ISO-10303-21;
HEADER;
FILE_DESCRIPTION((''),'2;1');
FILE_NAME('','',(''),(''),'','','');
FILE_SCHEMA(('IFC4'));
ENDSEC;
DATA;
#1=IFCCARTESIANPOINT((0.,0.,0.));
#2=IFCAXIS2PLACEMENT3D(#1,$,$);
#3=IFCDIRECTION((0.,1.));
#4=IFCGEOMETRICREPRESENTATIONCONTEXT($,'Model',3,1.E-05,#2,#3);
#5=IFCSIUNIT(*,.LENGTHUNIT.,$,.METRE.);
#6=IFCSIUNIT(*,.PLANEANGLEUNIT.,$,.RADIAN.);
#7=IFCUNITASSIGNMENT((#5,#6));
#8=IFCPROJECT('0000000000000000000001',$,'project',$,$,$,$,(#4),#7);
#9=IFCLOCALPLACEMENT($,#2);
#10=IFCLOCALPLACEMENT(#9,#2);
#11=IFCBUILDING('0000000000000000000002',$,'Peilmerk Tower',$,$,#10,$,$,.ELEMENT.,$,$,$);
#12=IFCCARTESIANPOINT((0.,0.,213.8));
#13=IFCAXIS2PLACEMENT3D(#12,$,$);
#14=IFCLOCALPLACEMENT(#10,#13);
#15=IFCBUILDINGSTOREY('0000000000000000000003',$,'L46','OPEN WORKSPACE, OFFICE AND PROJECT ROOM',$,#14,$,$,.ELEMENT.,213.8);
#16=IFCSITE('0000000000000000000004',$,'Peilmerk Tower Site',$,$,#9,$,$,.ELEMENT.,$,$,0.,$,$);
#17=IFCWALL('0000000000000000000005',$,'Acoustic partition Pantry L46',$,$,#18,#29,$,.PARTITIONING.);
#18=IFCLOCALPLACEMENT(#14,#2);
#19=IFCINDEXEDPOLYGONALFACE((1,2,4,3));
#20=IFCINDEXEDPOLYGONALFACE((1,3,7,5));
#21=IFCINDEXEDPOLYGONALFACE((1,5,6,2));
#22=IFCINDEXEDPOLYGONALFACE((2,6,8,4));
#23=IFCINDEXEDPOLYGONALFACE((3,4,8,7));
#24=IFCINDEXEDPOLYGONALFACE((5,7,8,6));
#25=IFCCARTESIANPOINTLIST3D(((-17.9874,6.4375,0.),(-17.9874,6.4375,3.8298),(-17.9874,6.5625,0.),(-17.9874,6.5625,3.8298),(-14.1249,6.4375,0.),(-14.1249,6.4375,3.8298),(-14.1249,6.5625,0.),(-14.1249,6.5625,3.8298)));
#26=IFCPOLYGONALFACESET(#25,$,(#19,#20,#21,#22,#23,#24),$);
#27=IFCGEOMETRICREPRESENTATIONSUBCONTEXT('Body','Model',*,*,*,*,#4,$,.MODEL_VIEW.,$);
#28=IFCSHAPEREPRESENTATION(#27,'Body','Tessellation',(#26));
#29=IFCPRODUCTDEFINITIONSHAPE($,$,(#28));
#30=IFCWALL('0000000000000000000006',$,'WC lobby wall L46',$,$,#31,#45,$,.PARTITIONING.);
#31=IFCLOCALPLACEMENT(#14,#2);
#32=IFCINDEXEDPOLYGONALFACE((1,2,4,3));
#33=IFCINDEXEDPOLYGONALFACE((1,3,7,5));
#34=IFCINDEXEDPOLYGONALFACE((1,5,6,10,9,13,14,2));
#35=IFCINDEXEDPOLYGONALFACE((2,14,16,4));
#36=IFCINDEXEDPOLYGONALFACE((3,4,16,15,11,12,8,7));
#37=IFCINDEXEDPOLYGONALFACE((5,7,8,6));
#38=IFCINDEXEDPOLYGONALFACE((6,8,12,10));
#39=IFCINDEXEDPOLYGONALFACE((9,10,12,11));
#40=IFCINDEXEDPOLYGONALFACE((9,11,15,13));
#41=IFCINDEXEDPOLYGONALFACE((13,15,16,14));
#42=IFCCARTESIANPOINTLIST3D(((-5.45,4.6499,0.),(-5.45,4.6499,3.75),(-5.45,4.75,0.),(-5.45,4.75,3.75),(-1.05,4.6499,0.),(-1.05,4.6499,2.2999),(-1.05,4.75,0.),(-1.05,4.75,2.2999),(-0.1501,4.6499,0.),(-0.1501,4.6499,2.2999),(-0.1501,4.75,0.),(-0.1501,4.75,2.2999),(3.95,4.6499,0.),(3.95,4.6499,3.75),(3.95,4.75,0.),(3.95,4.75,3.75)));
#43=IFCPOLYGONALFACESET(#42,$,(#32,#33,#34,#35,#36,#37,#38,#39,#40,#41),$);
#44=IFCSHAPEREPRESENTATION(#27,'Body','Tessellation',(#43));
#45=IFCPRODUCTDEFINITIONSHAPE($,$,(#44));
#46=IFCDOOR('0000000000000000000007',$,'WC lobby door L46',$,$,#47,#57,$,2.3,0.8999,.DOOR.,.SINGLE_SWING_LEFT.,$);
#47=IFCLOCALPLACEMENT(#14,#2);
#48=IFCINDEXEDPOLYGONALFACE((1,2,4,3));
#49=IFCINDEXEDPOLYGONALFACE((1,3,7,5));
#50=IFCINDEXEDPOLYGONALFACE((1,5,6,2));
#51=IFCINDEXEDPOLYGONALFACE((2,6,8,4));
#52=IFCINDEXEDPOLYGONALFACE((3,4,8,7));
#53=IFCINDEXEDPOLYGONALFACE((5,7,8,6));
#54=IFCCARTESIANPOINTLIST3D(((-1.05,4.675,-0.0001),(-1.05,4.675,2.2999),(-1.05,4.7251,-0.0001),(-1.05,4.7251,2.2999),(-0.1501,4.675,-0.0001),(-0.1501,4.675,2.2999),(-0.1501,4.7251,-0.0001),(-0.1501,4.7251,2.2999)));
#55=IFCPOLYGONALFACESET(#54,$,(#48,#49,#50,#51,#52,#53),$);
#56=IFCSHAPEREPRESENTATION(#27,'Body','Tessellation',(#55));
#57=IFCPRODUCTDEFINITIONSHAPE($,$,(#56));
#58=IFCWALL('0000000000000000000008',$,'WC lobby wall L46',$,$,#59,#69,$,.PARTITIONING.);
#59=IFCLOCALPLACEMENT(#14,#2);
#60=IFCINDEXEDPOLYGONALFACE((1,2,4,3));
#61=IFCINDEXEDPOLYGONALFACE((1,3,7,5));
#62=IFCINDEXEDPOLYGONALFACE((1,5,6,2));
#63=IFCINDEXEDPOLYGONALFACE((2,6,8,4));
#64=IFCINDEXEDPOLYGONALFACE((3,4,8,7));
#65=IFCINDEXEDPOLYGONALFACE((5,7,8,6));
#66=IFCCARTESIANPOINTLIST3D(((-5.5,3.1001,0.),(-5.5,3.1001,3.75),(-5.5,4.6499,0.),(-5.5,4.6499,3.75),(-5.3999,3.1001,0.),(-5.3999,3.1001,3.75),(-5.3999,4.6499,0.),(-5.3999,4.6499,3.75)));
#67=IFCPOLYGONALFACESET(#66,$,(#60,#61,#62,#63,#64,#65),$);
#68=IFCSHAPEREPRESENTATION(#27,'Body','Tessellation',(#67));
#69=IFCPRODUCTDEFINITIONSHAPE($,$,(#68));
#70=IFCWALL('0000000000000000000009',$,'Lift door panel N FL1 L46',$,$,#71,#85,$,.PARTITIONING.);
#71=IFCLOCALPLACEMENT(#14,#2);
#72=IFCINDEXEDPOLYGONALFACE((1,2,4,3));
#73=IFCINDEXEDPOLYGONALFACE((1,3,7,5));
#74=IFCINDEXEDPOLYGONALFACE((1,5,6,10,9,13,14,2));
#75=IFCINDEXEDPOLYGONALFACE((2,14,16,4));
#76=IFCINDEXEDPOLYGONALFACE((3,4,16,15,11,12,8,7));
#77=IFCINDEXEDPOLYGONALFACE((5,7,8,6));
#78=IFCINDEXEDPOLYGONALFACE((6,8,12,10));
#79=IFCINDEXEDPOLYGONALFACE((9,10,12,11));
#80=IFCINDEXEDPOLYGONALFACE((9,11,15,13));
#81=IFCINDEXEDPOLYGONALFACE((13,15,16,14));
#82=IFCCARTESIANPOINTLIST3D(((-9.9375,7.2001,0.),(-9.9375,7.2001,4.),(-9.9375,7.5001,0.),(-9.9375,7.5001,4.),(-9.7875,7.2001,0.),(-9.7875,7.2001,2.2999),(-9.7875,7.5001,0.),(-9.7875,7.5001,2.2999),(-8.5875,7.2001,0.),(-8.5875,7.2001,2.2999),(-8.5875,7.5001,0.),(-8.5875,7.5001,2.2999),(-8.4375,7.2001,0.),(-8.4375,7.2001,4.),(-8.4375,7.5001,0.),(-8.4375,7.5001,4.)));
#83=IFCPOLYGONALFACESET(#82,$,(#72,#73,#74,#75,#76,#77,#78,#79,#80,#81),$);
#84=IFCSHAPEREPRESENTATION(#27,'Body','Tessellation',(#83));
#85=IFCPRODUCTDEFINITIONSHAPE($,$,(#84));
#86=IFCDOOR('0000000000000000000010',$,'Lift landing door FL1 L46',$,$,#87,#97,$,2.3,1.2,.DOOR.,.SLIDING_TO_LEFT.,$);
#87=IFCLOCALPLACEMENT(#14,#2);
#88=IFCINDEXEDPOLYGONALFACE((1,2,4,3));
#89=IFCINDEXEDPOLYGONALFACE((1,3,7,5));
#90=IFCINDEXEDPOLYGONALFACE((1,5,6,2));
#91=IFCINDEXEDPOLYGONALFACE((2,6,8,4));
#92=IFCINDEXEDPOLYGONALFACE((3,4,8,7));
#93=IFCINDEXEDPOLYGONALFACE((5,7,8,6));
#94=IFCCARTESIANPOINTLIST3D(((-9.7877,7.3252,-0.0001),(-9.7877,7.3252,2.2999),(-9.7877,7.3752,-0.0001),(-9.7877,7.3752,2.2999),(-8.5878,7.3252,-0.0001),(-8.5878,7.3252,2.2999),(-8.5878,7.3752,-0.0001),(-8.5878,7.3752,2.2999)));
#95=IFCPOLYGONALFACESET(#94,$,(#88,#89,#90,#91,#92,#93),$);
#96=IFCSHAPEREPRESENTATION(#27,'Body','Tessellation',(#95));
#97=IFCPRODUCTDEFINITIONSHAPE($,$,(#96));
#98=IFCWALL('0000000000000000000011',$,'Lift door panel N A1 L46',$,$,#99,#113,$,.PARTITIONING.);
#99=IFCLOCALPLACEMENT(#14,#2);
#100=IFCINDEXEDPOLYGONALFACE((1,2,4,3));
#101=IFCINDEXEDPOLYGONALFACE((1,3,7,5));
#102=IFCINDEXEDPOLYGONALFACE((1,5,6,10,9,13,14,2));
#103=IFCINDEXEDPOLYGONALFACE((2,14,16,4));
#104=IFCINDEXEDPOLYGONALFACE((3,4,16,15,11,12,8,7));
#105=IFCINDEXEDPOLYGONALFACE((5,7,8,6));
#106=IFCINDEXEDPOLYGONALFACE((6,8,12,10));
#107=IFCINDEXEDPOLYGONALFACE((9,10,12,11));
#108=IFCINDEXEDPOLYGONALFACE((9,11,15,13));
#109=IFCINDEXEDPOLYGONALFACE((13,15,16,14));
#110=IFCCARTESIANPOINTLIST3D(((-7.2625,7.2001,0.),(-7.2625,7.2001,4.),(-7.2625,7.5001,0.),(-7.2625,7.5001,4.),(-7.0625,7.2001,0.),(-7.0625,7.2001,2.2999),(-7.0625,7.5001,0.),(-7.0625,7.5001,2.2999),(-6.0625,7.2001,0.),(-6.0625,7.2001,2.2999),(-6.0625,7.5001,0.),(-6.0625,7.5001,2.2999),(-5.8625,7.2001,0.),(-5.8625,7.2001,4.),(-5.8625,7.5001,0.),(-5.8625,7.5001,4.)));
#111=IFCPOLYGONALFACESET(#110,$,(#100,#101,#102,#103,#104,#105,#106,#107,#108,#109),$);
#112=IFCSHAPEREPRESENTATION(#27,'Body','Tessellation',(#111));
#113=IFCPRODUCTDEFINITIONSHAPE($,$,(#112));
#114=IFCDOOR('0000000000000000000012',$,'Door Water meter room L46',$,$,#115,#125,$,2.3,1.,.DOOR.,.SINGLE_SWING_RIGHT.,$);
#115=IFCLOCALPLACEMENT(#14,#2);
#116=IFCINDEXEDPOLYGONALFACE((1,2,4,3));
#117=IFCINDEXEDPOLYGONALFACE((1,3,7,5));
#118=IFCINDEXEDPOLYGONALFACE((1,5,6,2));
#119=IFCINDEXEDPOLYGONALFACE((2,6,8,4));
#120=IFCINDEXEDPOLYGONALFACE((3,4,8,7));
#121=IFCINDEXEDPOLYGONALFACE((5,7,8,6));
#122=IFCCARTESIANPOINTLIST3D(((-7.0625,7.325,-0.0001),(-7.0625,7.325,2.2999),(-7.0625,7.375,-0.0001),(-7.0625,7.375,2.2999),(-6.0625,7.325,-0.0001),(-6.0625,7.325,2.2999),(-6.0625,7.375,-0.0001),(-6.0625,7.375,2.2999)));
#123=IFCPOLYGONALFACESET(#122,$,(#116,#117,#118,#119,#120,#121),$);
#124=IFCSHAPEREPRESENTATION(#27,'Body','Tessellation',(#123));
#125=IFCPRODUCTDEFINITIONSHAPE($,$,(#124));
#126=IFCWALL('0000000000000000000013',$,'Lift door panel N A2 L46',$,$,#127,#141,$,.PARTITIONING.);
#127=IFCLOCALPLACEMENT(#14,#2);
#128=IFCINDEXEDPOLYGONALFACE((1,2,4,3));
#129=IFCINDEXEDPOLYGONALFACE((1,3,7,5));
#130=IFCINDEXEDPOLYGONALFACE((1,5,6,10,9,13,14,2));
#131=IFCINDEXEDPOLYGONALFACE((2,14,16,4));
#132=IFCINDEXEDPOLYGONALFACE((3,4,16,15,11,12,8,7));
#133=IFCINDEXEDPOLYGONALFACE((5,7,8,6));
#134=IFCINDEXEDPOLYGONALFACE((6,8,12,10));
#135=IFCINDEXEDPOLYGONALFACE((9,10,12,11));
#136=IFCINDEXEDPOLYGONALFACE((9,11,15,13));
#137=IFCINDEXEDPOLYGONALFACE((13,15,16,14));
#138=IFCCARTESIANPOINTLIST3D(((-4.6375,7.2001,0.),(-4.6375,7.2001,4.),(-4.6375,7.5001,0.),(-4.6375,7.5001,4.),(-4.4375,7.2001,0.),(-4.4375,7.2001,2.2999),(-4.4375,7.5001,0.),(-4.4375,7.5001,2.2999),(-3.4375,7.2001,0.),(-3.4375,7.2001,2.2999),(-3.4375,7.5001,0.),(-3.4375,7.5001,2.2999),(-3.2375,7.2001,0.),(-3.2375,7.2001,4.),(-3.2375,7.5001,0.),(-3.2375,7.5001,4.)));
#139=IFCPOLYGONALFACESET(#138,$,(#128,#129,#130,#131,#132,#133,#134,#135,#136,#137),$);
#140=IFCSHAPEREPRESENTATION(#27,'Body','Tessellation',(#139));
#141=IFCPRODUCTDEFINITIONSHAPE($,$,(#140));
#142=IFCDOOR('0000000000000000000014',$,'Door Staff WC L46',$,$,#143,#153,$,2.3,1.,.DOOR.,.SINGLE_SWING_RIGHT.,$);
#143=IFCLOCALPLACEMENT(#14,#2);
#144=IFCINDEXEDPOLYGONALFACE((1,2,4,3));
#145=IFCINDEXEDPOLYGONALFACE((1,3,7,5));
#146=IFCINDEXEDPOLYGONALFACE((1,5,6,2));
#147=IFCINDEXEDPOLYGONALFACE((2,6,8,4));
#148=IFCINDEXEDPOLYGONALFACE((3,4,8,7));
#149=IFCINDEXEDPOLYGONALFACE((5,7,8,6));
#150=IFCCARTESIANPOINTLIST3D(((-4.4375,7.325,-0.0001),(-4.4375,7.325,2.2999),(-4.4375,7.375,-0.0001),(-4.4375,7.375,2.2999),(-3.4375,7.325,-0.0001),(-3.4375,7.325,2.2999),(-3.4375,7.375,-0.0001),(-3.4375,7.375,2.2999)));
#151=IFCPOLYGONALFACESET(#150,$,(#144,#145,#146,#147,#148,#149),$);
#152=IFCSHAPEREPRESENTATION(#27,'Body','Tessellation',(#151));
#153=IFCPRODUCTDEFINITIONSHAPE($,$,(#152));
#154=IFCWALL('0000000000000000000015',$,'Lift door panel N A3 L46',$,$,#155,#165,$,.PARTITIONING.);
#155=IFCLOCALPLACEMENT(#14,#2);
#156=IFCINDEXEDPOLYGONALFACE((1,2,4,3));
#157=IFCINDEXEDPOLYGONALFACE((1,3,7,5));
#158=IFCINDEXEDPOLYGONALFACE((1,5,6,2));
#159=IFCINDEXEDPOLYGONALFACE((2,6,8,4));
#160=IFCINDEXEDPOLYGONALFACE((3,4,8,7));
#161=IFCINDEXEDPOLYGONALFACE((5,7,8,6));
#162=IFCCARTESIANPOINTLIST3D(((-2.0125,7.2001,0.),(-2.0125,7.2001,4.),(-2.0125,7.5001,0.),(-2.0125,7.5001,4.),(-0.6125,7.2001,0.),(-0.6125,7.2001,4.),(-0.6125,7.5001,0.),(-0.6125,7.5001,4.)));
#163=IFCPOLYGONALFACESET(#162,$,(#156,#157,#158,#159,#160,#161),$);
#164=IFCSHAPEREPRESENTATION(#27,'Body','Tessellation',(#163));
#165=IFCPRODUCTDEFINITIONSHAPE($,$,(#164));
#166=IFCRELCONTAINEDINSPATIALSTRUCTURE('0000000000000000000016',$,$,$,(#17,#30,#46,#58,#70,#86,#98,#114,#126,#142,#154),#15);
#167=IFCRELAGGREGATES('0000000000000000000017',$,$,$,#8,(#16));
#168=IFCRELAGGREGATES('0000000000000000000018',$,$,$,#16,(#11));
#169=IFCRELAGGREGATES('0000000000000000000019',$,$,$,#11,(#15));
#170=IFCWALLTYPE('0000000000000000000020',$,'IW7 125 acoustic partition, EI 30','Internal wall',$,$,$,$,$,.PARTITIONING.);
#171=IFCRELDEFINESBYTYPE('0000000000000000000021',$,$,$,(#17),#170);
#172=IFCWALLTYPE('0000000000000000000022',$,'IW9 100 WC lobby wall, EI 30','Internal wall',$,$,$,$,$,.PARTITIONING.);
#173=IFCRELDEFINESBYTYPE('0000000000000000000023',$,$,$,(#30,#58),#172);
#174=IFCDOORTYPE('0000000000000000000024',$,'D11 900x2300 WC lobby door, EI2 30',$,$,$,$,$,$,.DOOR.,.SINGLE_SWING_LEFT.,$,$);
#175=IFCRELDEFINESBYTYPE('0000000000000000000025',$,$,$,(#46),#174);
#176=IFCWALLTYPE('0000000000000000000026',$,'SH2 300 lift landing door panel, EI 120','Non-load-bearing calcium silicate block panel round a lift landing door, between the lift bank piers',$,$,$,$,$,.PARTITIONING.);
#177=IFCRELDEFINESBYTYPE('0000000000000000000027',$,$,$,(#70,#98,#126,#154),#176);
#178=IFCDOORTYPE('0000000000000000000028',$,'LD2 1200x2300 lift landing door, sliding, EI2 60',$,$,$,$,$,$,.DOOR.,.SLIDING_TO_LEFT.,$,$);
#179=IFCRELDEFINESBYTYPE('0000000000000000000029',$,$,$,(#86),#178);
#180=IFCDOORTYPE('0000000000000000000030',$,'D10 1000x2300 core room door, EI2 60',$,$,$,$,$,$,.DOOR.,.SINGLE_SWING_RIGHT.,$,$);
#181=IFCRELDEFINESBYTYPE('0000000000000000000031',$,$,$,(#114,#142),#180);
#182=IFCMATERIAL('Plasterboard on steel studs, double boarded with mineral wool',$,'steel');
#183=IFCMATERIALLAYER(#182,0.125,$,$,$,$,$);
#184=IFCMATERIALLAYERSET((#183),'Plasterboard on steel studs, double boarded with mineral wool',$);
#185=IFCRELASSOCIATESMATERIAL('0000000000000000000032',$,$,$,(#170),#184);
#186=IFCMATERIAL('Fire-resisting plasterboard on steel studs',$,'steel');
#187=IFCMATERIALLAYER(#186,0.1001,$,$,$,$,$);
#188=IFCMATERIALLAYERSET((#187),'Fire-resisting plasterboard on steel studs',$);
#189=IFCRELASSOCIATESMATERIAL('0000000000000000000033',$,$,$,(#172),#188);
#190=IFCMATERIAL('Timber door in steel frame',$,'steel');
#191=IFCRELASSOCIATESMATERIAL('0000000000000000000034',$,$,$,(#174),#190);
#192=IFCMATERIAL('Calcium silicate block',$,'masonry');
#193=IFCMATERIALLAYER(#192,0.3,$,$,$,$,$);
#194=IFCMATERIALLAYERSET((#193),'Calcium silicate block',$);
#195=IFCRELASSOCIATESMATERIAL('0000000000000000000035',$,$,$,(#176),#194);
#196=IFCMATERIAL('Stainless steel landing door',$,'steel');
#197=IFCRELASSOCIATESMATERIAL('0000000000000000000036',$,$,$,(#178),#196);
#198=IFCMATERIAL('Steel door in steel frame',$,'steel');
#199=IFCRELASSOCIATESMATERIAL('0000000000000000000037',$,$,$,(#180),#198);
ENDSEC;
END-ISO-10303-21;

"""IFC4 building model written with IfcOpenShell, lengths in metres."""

from ifc_helpers import new_model, si_unit, direction, frame, frame_2d, origin, place, context, subcontext, project, spatial, rectangle, extrude, material, layer, layer_set, type_object, element, fill, save


model = new_model("IFC4")

# Units and contexts
model_context = context("Model", 3, precision=1e-05, world=origin(), true_north=direction((0.0, 1.0)))
body_context = subcontext(model_context, "Body", "Model", "MODEL_VIEW")
ifc_project = project(units=[si_unit("LENGTHUNIT", "METRE"), si_unit("PLANEANGLEUNIT", "RADIAN")], contexts=[model_context])

# Site, building, storey
site_placement = place(None, origin())
site = spatial("IfcSite", under=ifc_project, at=site_placement, Name="Peilmerk Tower Site", CompositionType="ELEMENT", RefElevation=0.0)
building_placement = place(site_placement, origin())
building = spatial("IfcBuilding", under=site, at=building_placement, Name="Peilmerk Tower", CompositionType="ELEMENT")
storey_placement = place(building_placement, frame((0.0, 0.0, 213.8)))
storey = spatial("IfcBuildingStorey", under=building, at=storey_placement, Name="L46", Description="OPEN WORKSPACE, OFFICE AND PROJECT ROOM", CompositionType="ELEMENT", Elevation=213.8)

# Shared definitions
ifc_material_1 = material(Name="Steel door in steel frame", Category="steel")

# Shared definitions
ifc_material_2 = material(Name="Timber door in steel frame", Category="steel")

# Wall
ifc_material_3 = material(Name="Plasterboard on steel studs, double boarded with mineral wool", Category="steel")
ifc_layer_1 = layer(ifc_material_3, 0.125)
ifc_layer_set_1 = layer_set([ifc_layer_1], Name="Plasterboard on steel studs, double boarded with mineral wool")
wall_type_1 = type_object("IfcWallType", Name="IW7 125 acoustic partition, EI 30", Description="Internal wall", PredefinedType="PARTITIONING", material=ifc_layer_set_1)
wall_1_placement = place(storey_placement, frame((-14.125, 6.5, 0.0), z_axis=(0.0, 0.0, 1.0), x_axis=(-1.0, 0.0, 0.0)))
element("IfcWall", 1, at=wall_1_placement, inside=storey, type_object=wall_type_1, Name="Acoustic partition Pantry L46", PredefinedType="PARTITIONING", context=body_context, shape_type="SweptSolid", body=[
    extrude(rectangle(XDim=3.8625, YDim=0.125, at=frame_2d((1.9312, 0.0))), origin(), (0.0, 0.0, 1.0), 3.8298),
])

# Wall, opening, door
ifc_material_4 = material(Name="Fire-resisting plasterboard on steel studs", Category="steel")
ifc_layer_2 = layer(ifc_material_4, 0.1001)
ifc_layer_set_2 = layer_set([ifc_layer_2], Name="Fire-resisting plasterboard on steel studs")
wall_type_2 = type_object("IfcWallType", Name="IW9 100 WC lobby wall, EI 30", Description="Internal wall", PredefinedType="PARTITIONING", material=ifc_layer_set_2)
wall_2_placement = place(storey_placement, frame((-5.45, 4.7, 0.0), z_axis=(0.0, 0.0, 1.0), x_axis=(1.0, 0.0, 0.0)))
wall_2 = element("IfcWall", 2, at=wall_2_placement, inside=storey, type_object=wall_type_2, Name="WC lobby wall L46", PredefinedType="PARTITIONING", context=body_context, shape_type="SweptSolid", body=[
    extrude(rectangle(XDim=9.3999, YDim=0.1001, at=frame_2d((4.7, 0.0))), origin(), (0.0, 0.0, 1.0), 3.75),
])
opening_1_placement = place(wall_2_placement, frame((4.3999, 0.0, 0.0)))
opening_1 = element("IfcOpeningElement", 3, at=opening_1_placement, cuts=wall_2, PredefinedType="OPENING", context=body_context, shape_type="SweptSolid", body=[
    extrude(rectangle(XDim=0.8999, YDim=2.3, at=frame_2d((0.45, 1.1499))), frame((0.0, 0.0601, 0.0), z_axis=(0.0, -1.0, 0.0), x_axis=(1.0, 0.0, 0.0)), (0.0, 0.0, 1.0), 0.1201),
])
door_type_1 = type_object("IfcDoorType", Name="D11 900x2300 WC lobby door, EI2 30", OperationType="SINGLE_SWING_LEFT", PredefinedType="DOOR", material=ifc_material_2)
door_1_placement = place(opening_1_placement, frame((0.8999, 0.0, 0.0), z_axis=(0.0, 0.0, 1.0), x_axis=(-1.0, 0.0, 0.0)))
door_1 = element("IfcDoor", 4, at=door_1_placement, inside=storey, type_object=door_type_1, Name="WC lobby door L46", OperationType="SINGLE_SWING_LEFT", OverallHeight=2.3, OverallWidth=0.8999, PredefinedType="DOOR", context=body_context, shape_type="SweptSolid", body=[
    extrude(rectangle(XDim=0.8999, YDim=2.3, at=frame_2d((0.45, 1.1499))), frame((0.0, 0.0249, 0.0), z_axis=(0.0, -1.0, 0.0), x_axis=(1.0, 0.0, 0.0)), (0.0, 0.0, 1.0), 0.05),
])
fill(opening_1, door_1)

# Wall
wall_3_placement = place(storey_placement, frame((-5.45, 3.1001, 0.0), z_axis=(0.0, 0.0, 1.0), x_axis=(0.0, 1.0, 0.0)))
element("IfcWall", 5, at=wall_3_placement, inside=storey, type_object=wall_type_2, Name="WC lobby wall L46", PredefinedType="PARTITIONING", context=body_context, shape_type="SweptSolid", body=[
    extrude(rectangle(XDim=1.5498, YDim=0.1001, at=frame_2d((0.7749, 0.0))), origin(), (0.0, 0.0, 1.0), 3.75),
])

# Walls, openings, doors
ifc_material_5 = material(Name="Calcium silicate block", Category="masonry")
ifc_layer_3 = layer(ifc_material_5, 0.3)
ifc_layer_set_3 = layer_set([ifc_layer_3], Name="Calcium silicate block")
wall_type_3 = type_object("IfcWallType", Name="SH2 300 lift landing door panel, EI 120", Description="Non-load-bearing calcium silicate block panel round a lift landing door, between the lift bank piers", PredefinedType="PARTITIONING", material=ifc_layer_set_3)
wall_4_placement = place(storey_placement, frame((-9.9375, 7.3501, 0.0), z_axis=(0.0, 0.0, 1.0), x_axis=(1.0, 0.0, 0.0)))
wall_4 = element("IfcWall", 6, at=wall_4_placement, inside=storey, type_object=wall_type_3, Name="Lift door panel N FL1 L46", PredefinedType="PARTITIONING", context=body_context, shape_type="SweptSolid", body=[
    extrude(rectangle(XDim=1.5, YDim=0.3, at=frame_2d((0.75, 0.0))), origin(), (0.0, 0.0, 1.0), 4.0),
])
opening_2_placement = place(wall_4_placement, frame((0.1499, 0.0, 0.0)))
opening_2 = element("IfcOpeningElement", 7, at=opening_2_placement, cuts=wall_4, PredefinedType="OPENING", context=body_context, shape_type="SweptSolid", body=[
    extrude(rectangle(XDim=1.2, YDim=2.3, at=frame_2d((0.6001, 1.1499))), frame((0.0, 0.1599, 0.0), z_axis=(0.0, -1.0, 0.0), x_axis=(1.0, 0.0, 0.0)), (0.0, 0.0, 1.0), 0.3201),
])
ifc_material_6 = material(Name="Stainless steel landing door", Category="steel")
door_type_2 = type_object("IfcDoorType", Name="LD2 1200x2300 lift landing door, sliding, EI2 60", OperationType="SLIDING_TO_LEFT", PredefinedType="DOOR", material=ifc_material_6)
door_2_placement = place(opening_2_placement, frame((1.2, 0.0, 0.0), z_axis=(0.0, 0.0, 1.0), x_axis=(-1.0, 0.0, 0.0)))
door_2 = element("IfcDoor", 8, at=door_2_placement, inside=storey, type_object=door_type_2, Name="Lift landing door FL1 L46", OperationType="SLIDING_TO_LEFT", OverallHeight=2.3, OverallWidth=1.2, PredefinedType="DOOR", context=body_context, shape_type="SweptSolid", body=[
    extrude(rectangle(XDim=1.2, YDim=2.3, at=frame_2d((0.6001, 1.1499))), frame((0.0, 0.0249, 0.0), z_axis=(0.0, -1.0, 0.0), x_axis=(1.0, 0.0, 0.0)), (0.0, 0.0, 1.0), 0.05),
])
fill(opening_2, door_2)
wall_5_placement = place(storey_placement, frame((-7.2625, 7.3501, 0.0), z_axis=(0.0, 0.0, 1.0), x_axis=(1.0, 0.0, 0.0)))
wall_5 = element("IfcWall", 9, at=wall_5_placement, inside=storey, type_object=wall_type_3, Name="Lift door panel N A1 L46", PredefinedType="PARTITIONING", context=body_context, shape_type="SweptSolid", body=[
    extrude(rectangle(XDim=1.3999, YDim=0.3, at=frame_2d((0.7, 0.0))), origin(), (0.0, 0.0, 1.0), 4.0),
])
opening_3_placement = place(wall_5_placement, frame((0.2, 0.0, 0.0)))
opening_3 = element("IfcOpeningElement", 10, at=opening_3_placement, cuts=wall_5, PredefinedType="OPENING", context=body_context, shape_type="SweptSolid", body=[
    extrude(rectangle(XDim=1.0, YDim=2.3, at=frame_2d((0.5, 1.1499))), frame((0.0, 0.1599, 0.0), z_axis=(0.0, -1.0, 0.0), x_axis=(1.0, 0.0, 0.0)), (0.0, 0.0, 1.0), 0.3201),
])
door_type_3 = type_object("IfcDoorType", Name="D10 1000x2300 core room door, EI2 60", OperationType="SINGLE_SWING_RIGHT", PredefinedType="DOOR", material=ifc_material_1)
door_3_placement = place(opening_3_placement, origin())
door_3 = element("IfcDoor", 11, at=door_3_placement, inside=storey, type_object=door_type_3, Name="Door Water meter room L46", OperationType="SINGLE_SWING_RIGHT", OverallHeight=2.3, OverallWidth=1.0, PredefinedType="DOOR", context=body_context, shape_type="SweptSolid", body=[
    extrude(rectangle(XDim=1.0, YDim=2.3, at=frame_2d((0.5, 1.1499))), frame((0.0, 0.0249, 0.0), z_axis=(0.0, -1.0, 0.0), x_axis=(1.0, 0.0, 0.0)), (0.0, 0.0, 1.0), 0.05),
])
fill(opening_3, door_3)
wall_6_placement = place(storey_placement, frame((-4.6375, 7.3501, 0.0), z_axis=(0.0, 0.0, 1.0), x_axis=(1.0, 0.0, 0.0)))
wall_6 = element("IfcWall", 12, at=wall_6_placement, inside=storey, type_object=wall_type_3, Name="Lift door panel N A2 L46", PredefinedType="PARTITIONING", context=body_context, shape_type="SweptSolid", body=[
    extrude(rectangle(XDim=1.3999, YDim=0.3, at=frame_2d((0.7, 0.0))), origin(), (0.0, 0.0, 1.0), 4.0),
])
opening_4_placement = place(wall_6_placement, frame((0.2, 0.0, 0.0)))
opening_4 = element("IfcOpeningElement", 13, at=opening_4_placement, cuts=wall_6, PredefinedType="OPENING", context=body_context, shape_type="SweptSolid", body=[
    extrude(rectangle(XDim=1.0, YDim=2.3, at=frame_2d((0.5, 1.1499))), frame((0.0, 0.1599, 0.0), z_axis=(0.0, -1.0, 0.0), x_axis=(1.0, 0.0, 0.0)), (0.0, 0.0, 1.0), 0.3201),
])
door_4_placement = place(opening_4_placement, origin())
door_4 = element("IfcDoor", 14, at=door_4_placement, inside=storey, type_object=door_type_3, Name="Door Staff WC L46", OperationType="SINGLE_SWING_RIGHT", OverallHeight=2.3, OverallWidth=1.0, PredefinedType="DOOR", context=body_context, shape_type="SweptSolid", body=[
    extrude(rectangle(XDim=1.0, YDim=2.3, at=frame_2d((0.5, 1.1499))), frame((0.0, 0.0249, 0.0), z_axis=(0.0, -1.0, 0.0), x_axis=(1.0, 0.0, 0.0)), (0.0, 0.0, 1.0), 0.05),
])
fill(opening_4, door_4)

# Wall
wall_7_placement = place(storey_placement, frame((-2.0125, 7.3501, 0.0), z_axis=(0.0, 0.0, 1.0), x_axis=(1.0, 0.0, 0.0)))
element("IfcWall", 15, at=wall_7_placement, inside=storey, type_object=wall_type_3, Name="Lift door panel N A3 L46", PredefinedType="PARTITIONING", context=body_context, shape_type="SweptSolid", body=[
    extrude(rectangle(XDim=1.3999, YDim=0.3, at=frame_2d((0.7, 0.0))), origin(), (0.0, 0.0, 1.0), 4.0),
])

save(model, "model.ifc")
